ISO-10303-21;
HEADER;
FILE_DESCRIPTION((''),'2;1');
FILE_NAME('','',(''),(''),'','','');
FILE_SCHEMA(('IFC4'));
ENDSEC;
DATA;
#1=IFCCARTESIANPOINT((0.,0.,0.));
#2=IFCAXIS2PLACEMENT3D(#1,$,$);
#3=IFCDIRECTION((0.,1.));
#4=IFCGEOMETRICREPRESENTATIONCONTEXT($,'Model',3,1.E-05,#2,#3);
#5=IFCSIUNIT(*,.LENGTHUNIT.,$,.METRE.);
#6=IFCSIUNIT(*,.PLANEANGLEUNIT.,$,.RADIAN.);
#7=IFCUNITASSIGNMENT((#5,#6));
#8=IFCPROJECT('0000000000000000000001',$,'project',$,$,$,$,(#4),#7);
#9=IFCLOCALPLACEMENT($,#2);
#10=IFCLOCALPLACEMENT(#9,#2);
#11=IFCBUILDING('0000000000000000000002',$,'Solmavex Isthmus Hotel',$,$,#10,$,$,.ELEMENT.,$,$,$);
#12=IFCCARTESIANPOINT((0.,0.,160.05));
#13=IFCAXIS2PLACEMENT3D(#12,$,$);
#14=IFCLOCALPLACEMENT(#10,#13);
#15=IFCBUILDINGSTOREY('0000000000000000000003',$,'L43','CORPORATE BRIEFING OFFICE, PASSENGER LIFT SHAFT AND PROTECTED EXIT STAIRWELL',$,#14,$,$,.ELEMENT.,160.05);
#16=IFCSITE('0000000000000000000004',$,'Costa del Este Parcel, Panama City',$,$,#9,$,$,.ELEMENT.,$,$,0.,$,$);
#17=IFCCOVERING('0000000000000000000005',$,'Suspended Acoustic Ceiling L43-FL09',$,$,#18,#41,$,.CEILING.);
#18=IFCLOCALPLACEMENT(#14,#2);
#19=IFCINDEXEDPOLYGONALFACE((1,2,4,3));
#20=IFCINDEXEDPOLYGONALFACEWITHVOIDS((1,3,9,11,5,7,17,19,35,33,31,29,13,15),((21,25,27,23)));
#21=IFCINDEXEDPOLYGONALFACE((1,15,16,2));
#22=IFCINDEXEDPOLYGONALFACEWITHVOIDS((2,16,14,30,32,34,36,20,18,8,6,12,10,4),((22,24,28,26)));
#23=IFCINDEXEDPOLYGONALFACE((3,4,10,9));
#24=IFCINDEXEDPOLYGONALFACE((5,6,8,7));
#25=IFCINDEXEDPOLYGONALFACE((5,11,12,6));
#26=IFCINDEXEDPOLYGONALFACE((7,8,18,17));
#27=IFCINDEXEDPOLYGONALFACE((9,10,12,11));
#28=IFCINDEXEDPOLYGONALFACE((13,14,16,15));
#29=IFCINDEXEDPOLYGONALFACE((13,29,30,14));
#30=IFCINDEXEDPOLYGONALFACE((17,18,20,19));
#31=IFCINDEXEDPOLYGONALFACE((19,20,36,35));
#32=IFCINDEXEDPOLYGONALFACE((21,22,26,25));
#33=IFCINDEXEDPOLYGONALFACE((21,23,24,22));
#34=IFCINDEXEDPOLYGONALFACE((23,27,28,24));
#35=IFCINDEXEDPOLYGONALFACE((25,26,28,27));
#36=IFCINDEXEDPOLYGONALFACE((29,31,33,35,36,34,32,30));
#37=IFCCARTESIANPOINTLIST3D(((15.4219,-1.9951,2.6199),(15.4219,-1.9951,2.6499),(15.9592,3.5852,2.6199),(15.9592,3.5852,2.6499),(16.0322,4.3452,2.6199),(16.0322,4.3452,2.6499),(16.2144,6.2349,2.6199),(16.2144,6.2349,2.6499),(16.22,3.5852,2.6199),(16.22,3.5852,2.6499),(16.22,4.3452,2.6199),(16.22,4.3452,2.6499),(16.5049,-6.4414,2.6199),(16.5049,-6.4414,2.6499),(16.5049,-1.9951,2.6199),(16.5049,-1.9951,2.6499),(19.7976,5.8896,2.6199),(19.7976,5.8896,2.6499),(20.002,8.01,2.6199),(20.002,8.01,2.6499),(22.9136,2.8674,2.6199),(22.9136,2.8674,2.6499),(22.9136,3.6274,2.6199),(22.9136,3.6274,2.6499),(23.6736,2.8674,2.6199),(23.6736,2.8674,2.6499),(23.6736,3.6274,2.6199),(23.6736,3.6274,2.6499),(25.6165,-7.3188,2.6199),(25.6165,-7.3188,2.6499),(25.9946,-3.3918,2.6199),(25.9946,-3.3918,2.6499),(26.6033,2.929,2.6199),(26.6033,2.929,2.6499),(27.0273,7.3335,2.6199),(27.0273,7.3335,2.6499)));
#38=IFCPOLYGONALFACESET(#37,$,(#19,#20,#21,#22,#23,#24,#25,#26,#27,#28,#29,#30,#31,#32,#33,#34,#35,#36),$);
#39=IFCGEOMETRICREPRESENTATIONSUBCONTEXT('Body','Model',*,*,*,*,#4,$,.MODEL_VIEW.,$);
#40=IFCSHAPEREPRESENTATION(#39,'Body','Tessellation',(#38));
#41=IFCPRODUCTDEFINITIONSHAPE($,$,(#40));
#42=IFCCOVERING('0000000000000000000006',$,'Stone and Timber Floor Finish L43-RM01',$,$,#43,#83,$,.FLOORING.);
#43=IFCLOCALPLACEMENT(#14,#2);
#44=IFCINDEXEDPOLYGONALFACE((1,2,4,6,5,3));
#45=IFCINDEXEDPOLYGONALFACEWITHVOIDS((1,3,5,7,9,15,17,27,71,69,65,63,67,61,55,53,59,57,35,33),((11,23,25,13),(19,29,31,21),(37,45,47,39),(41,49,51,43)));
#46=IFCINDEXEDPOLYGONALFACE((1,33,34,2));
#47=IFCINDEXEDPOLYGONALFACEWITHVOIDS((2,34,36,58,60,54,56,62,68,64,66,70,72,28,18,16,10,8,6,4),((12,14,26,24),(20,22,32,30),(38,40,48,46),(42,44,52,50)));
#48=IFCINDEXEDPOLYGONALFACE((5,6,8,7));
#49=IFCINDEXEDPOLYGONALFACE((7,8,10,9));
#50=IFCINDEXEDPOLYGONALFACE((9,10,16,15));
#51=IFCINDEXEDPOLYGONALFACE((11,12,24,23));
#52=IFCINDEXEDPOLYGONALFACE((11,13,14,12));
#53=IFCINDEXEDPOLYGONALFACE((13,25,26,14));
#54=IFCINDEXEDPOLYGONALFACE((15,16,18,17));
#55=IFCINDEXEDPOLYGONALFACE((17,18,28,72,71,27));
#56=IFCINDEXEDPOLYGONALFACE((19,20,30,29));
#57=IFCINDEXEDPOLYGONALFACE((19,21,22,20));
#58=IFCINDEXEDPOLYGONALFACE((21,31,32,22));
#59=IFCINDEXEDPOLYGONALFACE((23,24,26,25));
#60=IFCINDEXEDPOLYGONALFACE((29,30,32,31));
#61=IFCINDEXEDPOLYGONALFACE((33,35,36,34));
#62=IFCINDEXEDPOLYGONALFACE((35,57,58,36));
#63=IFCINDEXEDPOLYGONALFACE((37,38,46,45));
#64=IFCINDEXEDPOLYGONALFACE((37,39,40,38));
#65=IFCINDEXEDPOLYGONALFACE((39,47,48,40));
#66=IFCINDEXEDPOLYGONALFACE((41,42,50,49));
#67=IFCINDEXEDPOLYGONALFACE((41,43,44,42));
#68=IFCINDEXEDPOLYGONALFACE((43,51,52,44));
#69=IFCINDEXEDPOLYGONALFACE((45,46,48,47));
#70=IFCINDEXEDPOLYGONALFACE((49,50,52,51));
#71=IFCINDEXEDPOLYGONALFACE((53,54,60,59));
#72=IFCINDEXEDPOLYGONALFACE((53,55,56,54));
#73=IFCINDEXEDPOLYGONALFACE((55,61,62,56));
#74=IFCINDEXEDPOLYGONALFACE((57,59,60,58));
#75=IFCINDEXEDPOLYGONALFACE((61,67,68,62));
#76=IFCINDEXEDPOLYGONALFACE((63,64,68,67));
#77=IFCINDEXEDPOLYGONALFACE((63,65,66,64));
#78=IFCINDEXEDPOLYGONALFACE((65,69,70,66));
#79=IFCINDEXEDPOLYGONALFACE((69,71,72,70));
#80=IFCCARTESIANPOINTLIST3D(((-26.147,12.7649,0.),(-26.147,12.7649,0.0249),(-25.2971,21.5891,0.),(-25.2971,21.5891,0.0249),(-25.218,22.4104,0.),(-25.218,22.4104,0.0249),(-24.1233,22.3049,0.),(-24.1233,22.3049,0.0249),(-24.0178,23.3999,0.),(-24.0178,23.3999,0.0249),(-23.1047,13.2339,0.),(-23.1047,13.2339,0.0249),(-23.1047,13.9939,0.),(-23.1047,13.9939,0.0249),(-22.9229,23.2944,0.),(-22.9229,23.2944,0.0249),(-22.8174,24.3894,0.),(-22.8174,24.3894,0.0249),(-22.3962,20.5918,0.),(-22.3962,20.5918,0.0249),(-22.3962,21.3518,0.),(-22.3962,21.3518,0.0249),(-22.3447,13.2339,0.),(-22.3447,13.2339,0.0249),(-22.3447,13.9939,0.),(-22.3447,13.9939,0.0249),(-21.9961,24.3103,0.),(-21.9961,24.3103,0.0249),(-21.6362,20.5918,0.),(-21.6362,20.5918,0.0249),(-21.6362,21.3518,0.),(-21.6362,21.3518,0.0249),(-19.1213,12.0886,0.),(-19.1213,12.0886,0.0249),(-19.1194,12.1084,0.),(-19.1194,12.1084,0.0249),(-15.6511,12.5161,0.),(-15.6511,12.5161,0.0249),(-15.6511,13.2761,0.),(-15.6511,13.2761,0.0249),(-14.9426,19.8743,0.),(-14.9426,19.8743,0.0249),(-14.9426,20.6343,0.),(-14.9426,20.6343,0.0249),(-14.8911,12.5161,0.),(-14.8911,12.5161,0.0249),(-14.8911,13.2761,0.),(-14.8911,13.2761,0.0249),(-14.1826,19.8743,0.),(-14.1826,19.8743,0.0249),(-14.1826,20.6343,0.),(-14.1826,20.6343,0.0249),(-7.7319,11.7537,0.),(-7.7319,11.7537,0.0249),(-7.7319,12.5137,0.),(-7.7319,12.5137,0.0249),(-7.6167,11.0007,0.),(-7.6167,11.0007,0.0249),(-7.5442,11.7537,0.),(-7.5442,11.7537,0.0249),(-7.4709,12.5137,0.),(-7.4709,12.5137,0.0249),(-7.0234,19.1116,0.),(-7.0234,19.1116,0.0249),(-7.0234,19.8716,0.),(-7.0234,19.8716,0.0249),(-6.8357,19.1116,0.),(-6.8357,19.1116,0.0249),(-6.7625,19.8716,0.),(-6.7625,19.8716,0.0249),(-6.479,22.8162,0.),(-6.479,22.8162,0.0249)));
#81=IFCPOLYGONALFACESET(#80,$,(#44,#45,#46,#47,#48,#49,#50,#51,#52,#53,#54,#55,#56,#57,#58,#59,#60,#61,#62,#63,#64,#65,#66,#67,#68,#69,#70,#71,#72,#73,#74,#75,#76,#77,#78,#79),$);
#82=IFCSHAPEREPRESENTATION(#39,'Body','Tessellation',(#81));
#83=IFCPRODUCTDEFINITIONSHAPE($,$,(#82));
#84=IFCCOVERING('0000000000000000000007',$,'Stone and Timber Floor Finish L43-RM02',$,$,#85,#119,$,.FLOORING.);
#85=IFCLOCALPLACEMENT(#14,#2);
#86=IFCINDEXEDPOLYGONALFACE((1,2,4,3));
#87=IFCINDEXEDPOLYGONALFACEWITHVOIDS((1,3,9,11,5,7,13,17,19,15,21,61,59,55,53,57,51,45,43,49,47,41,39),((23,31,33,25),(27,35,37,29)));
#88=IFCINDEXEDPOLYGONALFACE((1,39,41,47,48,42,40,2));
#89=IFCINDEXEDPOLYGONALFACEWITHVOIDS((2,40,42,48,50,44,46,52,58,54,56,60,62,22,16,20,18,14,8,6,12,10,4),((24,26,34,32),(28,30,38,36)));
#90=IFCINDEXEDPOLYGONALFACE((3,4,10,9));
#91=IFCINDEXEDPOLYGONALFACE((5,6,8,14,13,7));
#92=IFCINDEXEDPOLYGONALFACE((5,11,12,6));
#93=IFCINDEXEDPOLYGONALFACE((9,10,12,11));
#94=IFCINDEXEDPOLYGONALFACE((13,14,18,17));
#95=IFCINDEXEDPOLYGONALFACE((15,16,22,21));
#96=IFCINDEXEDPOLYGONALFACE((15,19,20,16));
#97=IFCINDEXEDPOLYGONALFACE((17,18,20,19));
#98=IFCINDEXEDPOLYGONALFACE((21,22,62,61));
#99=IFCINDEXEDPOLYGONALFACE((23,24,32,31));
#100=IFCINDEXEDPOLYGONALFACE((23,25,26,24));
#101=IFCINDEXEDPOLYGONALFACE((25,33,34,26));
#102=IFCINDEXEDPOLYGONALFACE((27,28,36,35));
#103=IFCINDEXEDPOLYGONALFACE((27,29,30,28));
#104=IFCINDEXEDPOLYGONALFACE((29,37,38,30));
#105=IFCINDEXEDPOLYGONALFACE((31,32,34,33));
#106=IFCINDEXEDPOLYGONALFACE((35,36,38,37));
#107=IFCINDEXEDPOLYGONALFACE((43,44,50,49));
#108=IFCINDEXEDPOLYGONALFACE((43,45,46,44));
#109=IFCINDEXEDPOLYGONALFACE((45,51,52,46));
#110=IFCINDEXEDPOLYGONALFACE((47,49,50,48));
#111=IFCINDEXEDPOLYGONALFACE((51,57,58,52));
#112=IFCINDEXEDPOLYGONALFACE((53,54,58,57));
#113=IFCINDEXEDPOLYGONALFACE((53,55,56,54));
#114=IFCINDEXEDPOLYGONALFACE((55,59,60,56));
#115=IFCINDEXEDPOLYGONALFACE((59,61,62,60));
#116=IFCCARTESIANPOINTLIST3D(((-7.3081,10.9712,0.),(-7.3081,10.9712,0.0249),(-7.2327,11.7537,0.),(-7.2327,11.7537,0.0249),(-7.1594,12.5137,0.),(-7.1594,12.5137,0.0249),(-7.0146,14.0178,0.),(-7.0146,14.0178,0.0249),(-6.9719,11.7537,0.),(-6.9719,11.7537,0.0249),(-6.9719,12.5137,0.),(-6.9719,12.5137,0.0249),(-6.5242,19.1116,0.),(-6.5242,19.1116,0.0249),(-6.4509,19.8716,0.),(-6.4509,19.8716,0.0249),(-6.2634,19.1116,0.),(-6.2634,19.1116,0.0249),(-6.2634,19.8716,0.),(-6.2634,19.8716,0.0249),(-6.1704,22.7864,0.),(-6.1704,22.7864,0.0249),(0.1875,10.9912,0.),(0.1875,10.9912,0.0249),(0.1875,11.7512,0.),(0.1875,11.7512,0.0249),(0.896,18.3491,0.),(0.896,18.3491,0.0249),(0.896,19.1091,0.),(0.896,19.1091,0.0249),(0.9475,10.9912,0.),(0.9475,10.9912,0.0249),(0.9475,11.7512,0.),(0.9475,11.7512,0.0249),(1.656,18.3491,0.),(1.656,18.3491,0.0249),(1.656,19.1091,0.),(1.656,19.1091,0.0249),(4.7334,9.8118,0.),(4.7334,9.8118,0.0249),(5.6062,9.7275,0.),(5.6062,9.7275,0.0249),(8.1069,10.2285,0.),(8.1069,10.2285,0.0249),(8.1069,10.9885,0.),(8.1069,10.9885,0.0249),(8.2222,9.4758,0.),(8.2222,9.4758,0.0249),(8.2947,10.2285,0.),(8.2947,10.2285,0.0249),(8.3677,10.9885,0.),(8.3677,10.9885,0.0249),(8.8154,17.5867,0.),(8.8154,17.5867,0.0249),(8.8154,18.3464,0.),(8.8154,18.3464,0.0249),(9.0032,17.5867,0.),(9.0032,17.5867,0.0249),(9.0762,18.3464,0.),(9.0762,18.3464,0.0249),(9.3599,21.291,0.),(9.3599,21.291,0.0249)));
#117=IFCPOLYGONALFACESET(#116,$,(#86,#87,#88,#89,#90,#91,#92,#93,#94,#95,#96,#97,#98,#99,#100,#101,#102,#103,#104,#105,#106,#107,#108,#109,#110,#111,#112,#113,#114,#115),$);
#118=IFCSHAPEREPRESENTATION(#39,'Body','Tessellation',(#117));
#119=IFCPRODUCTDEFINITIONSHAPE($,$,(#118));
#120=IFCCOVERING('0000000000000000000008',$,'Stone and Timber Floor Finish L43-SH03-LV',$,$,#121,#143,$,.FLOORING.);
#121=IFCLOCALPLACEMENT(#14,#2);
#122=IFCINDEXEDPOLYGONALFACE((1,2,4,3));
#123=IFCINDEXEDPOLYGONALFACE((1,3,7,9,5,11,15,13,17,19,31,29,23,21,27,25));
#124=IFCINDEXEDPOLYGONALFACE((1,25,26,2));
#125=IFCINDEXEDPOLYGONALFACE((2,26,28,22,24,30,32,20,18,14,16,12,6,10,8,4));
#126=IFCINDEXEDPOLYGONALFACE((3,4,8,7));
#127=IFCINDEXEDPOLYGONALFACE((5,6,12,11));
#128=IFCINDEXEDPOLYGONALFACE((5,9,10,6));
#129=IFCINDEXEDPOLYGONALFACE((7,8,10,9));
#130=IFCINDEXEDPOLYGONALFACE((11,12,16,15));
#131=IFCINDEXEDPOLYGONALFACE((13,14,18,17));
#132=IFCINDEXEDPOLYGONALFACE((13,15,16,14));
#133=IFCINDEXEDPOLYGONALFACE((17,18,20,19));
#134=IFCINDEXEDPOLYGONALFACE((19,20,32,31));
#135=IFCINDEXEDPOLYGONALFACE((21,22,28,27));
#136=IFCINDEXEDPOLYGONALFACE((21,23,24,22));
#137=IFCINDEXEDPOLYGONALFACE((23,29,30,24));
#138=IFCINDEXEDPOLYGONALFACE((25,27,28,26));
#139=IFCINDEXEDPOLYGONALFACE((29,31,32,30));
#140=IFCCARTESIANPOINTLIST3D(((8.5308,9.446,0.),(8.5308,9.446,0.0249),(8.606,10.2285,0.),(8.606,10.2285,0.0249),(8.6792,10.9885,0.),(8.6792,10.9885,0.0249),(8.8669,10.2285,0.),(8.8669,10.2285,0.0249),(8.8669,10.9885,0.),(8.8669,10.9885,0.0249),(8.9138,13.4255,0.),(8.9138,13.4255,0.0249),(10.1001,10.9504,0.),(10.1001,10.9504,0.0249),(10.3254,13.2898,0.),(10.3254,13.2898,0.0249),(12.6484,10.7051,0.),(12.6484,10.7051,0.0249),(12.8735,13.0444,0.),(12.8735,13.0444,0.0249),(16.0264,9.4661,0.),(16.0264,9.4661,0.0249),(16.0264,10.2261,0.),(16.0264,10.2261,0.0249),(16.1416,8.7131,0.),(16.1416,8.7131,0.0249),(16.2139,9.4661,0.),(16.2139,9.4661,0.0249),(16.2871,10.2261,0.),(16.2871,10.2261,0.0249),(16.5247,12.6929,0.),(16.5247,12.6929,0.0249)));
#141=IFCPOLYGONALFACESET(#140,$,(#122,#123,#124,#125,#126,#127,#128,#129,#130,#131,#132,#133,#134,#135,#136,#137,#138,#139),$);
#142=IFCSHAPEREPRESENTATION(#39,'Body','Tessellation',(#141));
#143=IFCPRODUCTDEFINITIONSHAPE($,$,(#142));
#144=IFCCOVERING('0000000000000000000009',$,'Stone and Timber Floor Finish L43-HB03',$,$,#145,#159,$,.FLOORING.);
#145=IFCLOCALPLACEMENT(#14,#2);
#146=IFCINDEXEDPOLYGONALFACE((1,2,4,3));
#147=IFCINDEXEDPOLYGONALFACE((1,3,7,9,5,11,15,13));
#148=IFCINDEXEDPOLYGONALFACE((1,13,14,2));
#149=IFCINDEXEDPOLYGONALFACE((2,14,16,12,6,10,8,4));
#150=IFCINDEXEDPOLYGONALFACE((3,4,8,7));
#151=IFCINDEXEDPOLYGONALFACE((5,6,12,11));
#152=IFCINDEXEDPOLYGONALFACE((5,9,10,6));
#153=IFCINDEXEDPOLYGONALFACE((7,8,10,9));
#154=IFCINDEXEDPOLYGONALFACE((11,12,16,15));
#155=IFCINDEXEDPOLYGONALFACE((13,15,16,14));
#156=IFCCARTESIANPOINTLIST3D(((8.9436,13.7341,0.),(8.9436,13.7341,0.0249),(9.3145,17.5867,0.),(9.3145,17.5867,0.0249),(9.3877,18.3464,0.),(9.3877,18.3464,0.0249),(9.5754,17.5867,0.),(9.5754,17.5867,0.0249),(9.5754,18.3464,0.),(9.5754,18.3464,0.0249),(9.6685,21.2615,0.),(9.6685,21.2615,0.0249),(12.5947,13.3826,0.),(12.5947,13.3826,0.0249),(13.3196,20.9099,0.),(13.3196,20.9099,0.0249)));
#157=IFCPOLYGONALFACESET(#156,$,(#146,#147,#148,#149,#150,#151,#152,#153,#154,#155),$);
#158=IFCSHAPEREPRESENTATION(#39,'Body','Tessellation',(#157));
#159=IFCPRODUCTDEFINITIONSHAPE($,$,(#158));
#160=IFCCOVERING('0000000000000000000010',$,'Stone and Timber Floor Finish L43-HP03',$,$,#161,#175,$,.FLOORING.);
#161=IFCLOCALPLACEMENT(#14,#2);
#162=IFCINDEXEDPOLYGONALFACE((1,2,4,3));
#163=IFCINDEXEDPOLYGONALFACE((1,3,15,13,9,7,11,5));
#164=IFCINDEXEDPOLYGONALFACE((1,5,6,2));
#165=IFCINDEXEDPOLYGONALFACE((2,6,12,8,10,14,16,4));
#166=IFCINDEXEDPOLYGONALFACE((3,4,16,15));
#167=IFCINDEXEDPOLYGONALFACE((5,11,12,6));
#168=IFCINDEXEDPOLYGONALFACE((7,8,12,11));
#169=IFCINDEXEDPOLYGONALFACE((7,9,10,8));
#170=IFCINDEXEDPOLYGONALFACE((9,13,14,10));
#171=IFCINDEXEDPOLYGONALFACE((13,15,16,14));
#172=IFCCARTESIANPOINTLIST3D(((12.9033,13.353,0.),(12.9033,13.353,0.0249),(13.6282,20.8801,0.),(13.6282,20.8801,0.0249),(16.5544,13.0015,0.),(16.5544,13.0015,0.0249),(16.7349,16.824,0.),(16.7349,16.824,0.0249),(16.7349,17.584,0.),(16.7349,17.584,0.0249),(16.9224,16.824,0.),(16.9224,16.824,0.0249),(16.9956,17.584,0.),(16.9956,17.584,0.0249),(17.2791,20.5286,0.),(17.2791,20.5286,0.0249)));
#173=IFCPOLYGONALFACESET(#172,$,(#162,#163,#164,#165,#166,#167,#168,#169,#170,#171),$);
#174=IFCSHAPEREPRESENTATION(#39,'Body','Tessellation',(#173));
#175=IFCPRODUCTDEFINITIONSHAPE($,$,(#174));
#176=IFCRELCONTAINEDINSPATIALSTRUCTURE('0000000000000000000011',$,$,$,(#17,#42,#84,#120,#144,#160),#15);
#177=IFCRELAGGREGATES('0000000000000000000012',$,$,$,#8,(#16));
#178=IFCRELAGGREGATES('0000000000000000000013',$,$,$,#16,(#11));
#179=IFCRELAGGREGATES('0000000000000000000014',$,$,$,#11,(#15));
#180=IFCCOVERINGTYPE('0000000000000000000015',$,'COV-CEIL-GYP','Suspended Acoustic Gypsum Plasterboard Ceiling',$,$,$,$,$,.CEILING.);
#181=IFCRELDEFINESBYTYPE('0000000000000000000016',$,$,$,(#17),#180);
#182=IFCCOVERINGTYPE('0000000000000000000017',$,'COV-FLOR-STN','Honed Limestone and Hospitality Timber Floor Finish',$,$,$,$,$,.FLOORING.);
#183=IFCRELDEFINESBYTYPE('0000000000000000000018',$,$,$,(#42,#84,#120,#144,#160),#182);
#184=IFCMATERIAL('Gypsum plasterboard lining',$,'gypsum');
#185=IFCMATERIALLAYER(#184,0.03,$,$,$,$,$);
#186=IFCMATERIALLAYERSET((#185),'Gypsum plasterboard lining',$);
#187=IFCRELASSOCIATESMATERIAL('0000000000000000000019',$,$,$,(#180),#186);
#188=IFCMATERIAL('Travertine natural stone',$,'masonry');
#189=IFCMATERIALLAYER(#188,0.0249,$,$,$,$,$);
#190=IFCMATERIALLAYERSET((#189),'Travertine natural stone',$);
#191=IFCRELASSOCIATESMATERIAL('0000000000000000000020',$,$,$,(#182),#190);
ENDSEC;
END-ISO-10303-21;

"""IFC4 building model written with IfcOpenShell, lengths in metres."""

from ifc_helpers import new_model, si_unit, direction, frame, origin, place, context, subcontext, project, spatial, polyline, outline, extrude, material, layer, layer_set, type_object, element, save


model = new_model("IFC4")

# Units and contexts
model_context = context("Model", 3, precision=1e-05, world=origin(), true_north=direction((0.0, 1.0)))
body_context = subcontext(model_context, "Body", "Model", "MODEL_VIEW")
ifc_project = project(units=[si_unit("LENGTHUNIT", "METRE"), si_unit("PLANEANGLEUNIT", "RADIAN")], contexts=[model_context])

# Site, building, storey
site_placement = place(None, origin())
site = spatial("IfcSite", under=ifc_project, at=site_placement, Name="Costa del Este Parcel, Panama City", CompositionType="ELEMENT", RefElevation=0.0)
building_placement = place(site_placement, origin())
building = spatial("IfcBuilding", under=site, at=building_placement, Name="Solmavex Isthmus Hotel", CompositionType="ELEMENT")
storey_placement = place(building_placement, frame((0.0, 0.0, 160.05)))
storey = spatial("IfcBuildingStorey", under=building, at=storey_placement, Name="L43", Description="CORPORATE BRIEFING OFFICE, PASSENGER LIFT SHAFT AND PROTECTED EXIT STAIRWELL", CompositionType="ELEMENT", Elevation=160.05)

# Shared definitions
ifc_material_1 = material(Name="Gypsum plasterboard lining", Category="gypsum")

# Coverings
ifc_layer_1 = layer(ifc_material_1, 0.03)
ifc_layer_set_1 = layer_set([ifc_layer_1], Name="Gypsum plasterboard lining")
covering_type_1 = type_object("IfcCoveringType", Name="COV-CEIL-GYP", Description="Suspended Acoustic Gypsum Plasterboard Ceiling", PredefinedType="CEILING", material=ifc_layer_set_1)
covering_1_placement = place(storey_placement, frame((0.0, 0.0, 2.6199)))
element("IfcCovering", 1, at=covering_1_placement, inside=storey, type_object=covering_type_1, Name="Suspended Acoustic Ceiling L43-FL09", PredefinedType="CEILING", context=body_context, shape_type="SweptSolid", body=[
    extrude(outline(polyline([(16.0322, 4.3452), (16.22, 4.3452), (16.22, 3.5852), (15.9592, 3.5852), (15.4219, -1.9951), (16.5049, -1.9951), (16.5049, -6.4414), (25.6165, -7.3188), (25.9946, -3.3918), (26.6033, 2.929), (27.0273, 7.3335), (20.002, 8.01), (19.7976, 5.8896), (16.2144, 6.2349), (16.0322, 4.3452)]), holes=[polyline([(22.9136, 2.8674), (22.9136, 3.6274), (23.6736, 3.6274), (23.6736, 2.8674), (22.9136, 2.8674)])]), origin(), (0.0, 0.0, 1.0), 0.03),
])
ifc_material_2 = material(Name="Travertine natural stone", Category="masonry")
ifc_layer_2 = layer(ifc_material_2, 0.0249)
ifc_layer_set_2 = layer_set([ifc_layer_2], Name="Travertine natural stone")
covering_type_2 = type_object("IfcCoveringType", Name="COV-FLOR-STN", Description="Honed Limestone and Hospitality Timber Floor Finish", PredefinedType="FLOORING", material=ifc_layer_set_2)
covering_2_placement = place(storey_placement, origin())
element("IfcCovering", 2, at=covering_2_placement, inside=storey, type_object=covering_type_2, Name="Stone and Timber Floor Finish L43-RM01", PredefinedType="FLOORING", context=body_context, shape_type="SweptSolid", body=[
    extrude(outline(polyline([(-19.1213, 12.0886), (-19.1194, 12.1084), (-7.6167, 11.0007), (-7.5442, 11.7537), (-7.7319, 11.7537), (-7.7319, 12.5137), (-7.4709, 12.5137), (-6.8357, 19.1116), (-7.0234, 19.1116), (-7.0234, 19.8716), (-6.7625, 19.8716), (-6.479, 22.8162), (-21.9961, 24.3103), (-22.8174, 24.3894), (-22.9229, 23.2944), (-24.0178, 23.3999), (-24.1233, 22.3049), (-25.218, 22.4104), (-25.2971, 21.5891), (-26.147, 12.7649), (-19.1213, 12.0886)]), holes=[polyline([(-14.9426, 19.8743), (-14.9426, 20.6343), (-14.1826, 20.6343), (-14.1826, 19.8743), (-14.9426, 19.8743)]), polyline([(-15.6511, 12.5161), (-15.6511, 13.2761), (-14.8911, 13.2761), (-14.8911, 12.5161), (-15.6511, 12.5161)]), polyline([(-22.3962, 20.5918), (-22.3962, 21.3518), (-21.6362, 21.3518), (-21.6362, 20.5918), (-22.3962, 20.5918)]), polyline([(-23.1047, 13.2339), (-23.1047, 13.9939), (-22.3447, 13.9939), (-22.3447, 13.2339), (-23.1047, 13.2339)])]), origin(), (0.0, 0.0, 1.0), 0.0249),
])
covering_3_placement = place(storey_placement, origin())
element("IfcCovering", 3, at=covering_3_placement, inside=storey, type_object=covering_type_2, Name="Stone and Timber Floor Finish L43-RM02", PredefinedType="FLOORING", context=body_context, shape_type="SweptSolid", body=[
    extrude(outline(polyline([(-7.1594, 12.5137), (-6.9719, 12.5137), (-6.9719, 11.7537), (-7.2327, 11.7537), (-7.3081, 10.9712), (4.7334, 9.8118), (5.6062, 9.7275), (8.2222, 9.4758), (8.2947, 10.2285), (8.1069, 10.2285), (8.1069, 10.9885), (8.3677, 10.9885), (9.0032, 17.5867), (8.8154, 17.5867), (8.8154, 18.3464), (9.0762, 18.3464), (9.3599, 21.291), (-6.1704, 22.7864), (-6.4509, 19.8716), (-6.2634, 19.8716), (-6.2634, 19.1116), (-6.5242, 19.1116), (-7.0146, 14.0178), (-7.1594, 12.5137)]), holes=[polyline([(0.896, 18.3491), (0.896, 19.1091), (1.656, 19.1091), (1.656, 18.3491), (0.896, 18.3491)]), polyline([(0.1875, 10.9912), (0.1875, 11.7512), (0.9475, 11.7512), (0.9475, 10.9912), (0.1875, 10.9912)])]), origin(), (0.0, 0.0, 1.0), 0.0249),
])
covering_4_placement = place(storey_placement, origin())
element("IfcCovering", 4, at=covering_4_placement, inside=storey, type_object=covering_type_2, Name="Stone and Timber Floor Finish L43-SH03-LV", PredefinedType="FLOORING", context=body_context, shape_type="SweptSolid", body=[
    extrude(outline(polyline([(12.8735, 13.0444), (12.6484, 10.7051), (10.1001, 10.9504), (10.3254, 13.2898), (8.9138, 13.4255), (8.6792, 10.9885), (8.8669, 10.9885), (8.8669, 10.2285), (8.606, 10.2285), (8.5308, 9.446), (16.1416, 8.7131), (16.2139, 9.4661), (16.0264, 9.4661), (16.0264, 10.2261), (16.2871, 10.2261), (16.5247, 12.6929), (12.8735, 13.0444)])), origin(), (0.0, 0.0, 1.0), 0.0249),
])
covering_5_placement = place(storey_placement, origin())
element("IfcCovering", 5, at=covering_5_placement, inside=storey, type_object=covering_type_2, Name="Stone and Timber Floor Finish L43-HB03", PredefinedType="FLOORING", context=body_context, shape_type="SweptSolid", body=[
    extrude(outline(polyline([(9.3877, 18.3464), (9.5754, 18.3464), (9.5754, 17.5867), (9.3145, 17.5867), (8.9436, 13.7341), (12.5947, 13.3826), (13.3196, 20.9099), (9.6685, 21.2615), (9.3877, 18.3464)])), origin(), (0.0, 0.0, 1.0), 0.0249),
])
covering_6_placement = place(storey_placement, origin())
element("IfcCovering", 6, at=covering_6_placement, inside=storey, type_object=covering_type_2, Name="Stone and Timber Floor Finish L43-HP03", PredefinedType="FLOORING", context=body_context, shape_type="SweptSolid", body=[
    extrude(outline(polyline([(16.9224, 16.824), (16.7349, 16.824), (16.7349, 17.584), (16.9956, 17.584), (17.2791, 20.5286), (13.6282, 20.8801), (12.9033, 13.353), (16.5544, 13.0015), (16.9224, 16.824)])), origin(), (0.0, 0.0, 1.0), 0.0249),
])

save(model, "model.ifc")
